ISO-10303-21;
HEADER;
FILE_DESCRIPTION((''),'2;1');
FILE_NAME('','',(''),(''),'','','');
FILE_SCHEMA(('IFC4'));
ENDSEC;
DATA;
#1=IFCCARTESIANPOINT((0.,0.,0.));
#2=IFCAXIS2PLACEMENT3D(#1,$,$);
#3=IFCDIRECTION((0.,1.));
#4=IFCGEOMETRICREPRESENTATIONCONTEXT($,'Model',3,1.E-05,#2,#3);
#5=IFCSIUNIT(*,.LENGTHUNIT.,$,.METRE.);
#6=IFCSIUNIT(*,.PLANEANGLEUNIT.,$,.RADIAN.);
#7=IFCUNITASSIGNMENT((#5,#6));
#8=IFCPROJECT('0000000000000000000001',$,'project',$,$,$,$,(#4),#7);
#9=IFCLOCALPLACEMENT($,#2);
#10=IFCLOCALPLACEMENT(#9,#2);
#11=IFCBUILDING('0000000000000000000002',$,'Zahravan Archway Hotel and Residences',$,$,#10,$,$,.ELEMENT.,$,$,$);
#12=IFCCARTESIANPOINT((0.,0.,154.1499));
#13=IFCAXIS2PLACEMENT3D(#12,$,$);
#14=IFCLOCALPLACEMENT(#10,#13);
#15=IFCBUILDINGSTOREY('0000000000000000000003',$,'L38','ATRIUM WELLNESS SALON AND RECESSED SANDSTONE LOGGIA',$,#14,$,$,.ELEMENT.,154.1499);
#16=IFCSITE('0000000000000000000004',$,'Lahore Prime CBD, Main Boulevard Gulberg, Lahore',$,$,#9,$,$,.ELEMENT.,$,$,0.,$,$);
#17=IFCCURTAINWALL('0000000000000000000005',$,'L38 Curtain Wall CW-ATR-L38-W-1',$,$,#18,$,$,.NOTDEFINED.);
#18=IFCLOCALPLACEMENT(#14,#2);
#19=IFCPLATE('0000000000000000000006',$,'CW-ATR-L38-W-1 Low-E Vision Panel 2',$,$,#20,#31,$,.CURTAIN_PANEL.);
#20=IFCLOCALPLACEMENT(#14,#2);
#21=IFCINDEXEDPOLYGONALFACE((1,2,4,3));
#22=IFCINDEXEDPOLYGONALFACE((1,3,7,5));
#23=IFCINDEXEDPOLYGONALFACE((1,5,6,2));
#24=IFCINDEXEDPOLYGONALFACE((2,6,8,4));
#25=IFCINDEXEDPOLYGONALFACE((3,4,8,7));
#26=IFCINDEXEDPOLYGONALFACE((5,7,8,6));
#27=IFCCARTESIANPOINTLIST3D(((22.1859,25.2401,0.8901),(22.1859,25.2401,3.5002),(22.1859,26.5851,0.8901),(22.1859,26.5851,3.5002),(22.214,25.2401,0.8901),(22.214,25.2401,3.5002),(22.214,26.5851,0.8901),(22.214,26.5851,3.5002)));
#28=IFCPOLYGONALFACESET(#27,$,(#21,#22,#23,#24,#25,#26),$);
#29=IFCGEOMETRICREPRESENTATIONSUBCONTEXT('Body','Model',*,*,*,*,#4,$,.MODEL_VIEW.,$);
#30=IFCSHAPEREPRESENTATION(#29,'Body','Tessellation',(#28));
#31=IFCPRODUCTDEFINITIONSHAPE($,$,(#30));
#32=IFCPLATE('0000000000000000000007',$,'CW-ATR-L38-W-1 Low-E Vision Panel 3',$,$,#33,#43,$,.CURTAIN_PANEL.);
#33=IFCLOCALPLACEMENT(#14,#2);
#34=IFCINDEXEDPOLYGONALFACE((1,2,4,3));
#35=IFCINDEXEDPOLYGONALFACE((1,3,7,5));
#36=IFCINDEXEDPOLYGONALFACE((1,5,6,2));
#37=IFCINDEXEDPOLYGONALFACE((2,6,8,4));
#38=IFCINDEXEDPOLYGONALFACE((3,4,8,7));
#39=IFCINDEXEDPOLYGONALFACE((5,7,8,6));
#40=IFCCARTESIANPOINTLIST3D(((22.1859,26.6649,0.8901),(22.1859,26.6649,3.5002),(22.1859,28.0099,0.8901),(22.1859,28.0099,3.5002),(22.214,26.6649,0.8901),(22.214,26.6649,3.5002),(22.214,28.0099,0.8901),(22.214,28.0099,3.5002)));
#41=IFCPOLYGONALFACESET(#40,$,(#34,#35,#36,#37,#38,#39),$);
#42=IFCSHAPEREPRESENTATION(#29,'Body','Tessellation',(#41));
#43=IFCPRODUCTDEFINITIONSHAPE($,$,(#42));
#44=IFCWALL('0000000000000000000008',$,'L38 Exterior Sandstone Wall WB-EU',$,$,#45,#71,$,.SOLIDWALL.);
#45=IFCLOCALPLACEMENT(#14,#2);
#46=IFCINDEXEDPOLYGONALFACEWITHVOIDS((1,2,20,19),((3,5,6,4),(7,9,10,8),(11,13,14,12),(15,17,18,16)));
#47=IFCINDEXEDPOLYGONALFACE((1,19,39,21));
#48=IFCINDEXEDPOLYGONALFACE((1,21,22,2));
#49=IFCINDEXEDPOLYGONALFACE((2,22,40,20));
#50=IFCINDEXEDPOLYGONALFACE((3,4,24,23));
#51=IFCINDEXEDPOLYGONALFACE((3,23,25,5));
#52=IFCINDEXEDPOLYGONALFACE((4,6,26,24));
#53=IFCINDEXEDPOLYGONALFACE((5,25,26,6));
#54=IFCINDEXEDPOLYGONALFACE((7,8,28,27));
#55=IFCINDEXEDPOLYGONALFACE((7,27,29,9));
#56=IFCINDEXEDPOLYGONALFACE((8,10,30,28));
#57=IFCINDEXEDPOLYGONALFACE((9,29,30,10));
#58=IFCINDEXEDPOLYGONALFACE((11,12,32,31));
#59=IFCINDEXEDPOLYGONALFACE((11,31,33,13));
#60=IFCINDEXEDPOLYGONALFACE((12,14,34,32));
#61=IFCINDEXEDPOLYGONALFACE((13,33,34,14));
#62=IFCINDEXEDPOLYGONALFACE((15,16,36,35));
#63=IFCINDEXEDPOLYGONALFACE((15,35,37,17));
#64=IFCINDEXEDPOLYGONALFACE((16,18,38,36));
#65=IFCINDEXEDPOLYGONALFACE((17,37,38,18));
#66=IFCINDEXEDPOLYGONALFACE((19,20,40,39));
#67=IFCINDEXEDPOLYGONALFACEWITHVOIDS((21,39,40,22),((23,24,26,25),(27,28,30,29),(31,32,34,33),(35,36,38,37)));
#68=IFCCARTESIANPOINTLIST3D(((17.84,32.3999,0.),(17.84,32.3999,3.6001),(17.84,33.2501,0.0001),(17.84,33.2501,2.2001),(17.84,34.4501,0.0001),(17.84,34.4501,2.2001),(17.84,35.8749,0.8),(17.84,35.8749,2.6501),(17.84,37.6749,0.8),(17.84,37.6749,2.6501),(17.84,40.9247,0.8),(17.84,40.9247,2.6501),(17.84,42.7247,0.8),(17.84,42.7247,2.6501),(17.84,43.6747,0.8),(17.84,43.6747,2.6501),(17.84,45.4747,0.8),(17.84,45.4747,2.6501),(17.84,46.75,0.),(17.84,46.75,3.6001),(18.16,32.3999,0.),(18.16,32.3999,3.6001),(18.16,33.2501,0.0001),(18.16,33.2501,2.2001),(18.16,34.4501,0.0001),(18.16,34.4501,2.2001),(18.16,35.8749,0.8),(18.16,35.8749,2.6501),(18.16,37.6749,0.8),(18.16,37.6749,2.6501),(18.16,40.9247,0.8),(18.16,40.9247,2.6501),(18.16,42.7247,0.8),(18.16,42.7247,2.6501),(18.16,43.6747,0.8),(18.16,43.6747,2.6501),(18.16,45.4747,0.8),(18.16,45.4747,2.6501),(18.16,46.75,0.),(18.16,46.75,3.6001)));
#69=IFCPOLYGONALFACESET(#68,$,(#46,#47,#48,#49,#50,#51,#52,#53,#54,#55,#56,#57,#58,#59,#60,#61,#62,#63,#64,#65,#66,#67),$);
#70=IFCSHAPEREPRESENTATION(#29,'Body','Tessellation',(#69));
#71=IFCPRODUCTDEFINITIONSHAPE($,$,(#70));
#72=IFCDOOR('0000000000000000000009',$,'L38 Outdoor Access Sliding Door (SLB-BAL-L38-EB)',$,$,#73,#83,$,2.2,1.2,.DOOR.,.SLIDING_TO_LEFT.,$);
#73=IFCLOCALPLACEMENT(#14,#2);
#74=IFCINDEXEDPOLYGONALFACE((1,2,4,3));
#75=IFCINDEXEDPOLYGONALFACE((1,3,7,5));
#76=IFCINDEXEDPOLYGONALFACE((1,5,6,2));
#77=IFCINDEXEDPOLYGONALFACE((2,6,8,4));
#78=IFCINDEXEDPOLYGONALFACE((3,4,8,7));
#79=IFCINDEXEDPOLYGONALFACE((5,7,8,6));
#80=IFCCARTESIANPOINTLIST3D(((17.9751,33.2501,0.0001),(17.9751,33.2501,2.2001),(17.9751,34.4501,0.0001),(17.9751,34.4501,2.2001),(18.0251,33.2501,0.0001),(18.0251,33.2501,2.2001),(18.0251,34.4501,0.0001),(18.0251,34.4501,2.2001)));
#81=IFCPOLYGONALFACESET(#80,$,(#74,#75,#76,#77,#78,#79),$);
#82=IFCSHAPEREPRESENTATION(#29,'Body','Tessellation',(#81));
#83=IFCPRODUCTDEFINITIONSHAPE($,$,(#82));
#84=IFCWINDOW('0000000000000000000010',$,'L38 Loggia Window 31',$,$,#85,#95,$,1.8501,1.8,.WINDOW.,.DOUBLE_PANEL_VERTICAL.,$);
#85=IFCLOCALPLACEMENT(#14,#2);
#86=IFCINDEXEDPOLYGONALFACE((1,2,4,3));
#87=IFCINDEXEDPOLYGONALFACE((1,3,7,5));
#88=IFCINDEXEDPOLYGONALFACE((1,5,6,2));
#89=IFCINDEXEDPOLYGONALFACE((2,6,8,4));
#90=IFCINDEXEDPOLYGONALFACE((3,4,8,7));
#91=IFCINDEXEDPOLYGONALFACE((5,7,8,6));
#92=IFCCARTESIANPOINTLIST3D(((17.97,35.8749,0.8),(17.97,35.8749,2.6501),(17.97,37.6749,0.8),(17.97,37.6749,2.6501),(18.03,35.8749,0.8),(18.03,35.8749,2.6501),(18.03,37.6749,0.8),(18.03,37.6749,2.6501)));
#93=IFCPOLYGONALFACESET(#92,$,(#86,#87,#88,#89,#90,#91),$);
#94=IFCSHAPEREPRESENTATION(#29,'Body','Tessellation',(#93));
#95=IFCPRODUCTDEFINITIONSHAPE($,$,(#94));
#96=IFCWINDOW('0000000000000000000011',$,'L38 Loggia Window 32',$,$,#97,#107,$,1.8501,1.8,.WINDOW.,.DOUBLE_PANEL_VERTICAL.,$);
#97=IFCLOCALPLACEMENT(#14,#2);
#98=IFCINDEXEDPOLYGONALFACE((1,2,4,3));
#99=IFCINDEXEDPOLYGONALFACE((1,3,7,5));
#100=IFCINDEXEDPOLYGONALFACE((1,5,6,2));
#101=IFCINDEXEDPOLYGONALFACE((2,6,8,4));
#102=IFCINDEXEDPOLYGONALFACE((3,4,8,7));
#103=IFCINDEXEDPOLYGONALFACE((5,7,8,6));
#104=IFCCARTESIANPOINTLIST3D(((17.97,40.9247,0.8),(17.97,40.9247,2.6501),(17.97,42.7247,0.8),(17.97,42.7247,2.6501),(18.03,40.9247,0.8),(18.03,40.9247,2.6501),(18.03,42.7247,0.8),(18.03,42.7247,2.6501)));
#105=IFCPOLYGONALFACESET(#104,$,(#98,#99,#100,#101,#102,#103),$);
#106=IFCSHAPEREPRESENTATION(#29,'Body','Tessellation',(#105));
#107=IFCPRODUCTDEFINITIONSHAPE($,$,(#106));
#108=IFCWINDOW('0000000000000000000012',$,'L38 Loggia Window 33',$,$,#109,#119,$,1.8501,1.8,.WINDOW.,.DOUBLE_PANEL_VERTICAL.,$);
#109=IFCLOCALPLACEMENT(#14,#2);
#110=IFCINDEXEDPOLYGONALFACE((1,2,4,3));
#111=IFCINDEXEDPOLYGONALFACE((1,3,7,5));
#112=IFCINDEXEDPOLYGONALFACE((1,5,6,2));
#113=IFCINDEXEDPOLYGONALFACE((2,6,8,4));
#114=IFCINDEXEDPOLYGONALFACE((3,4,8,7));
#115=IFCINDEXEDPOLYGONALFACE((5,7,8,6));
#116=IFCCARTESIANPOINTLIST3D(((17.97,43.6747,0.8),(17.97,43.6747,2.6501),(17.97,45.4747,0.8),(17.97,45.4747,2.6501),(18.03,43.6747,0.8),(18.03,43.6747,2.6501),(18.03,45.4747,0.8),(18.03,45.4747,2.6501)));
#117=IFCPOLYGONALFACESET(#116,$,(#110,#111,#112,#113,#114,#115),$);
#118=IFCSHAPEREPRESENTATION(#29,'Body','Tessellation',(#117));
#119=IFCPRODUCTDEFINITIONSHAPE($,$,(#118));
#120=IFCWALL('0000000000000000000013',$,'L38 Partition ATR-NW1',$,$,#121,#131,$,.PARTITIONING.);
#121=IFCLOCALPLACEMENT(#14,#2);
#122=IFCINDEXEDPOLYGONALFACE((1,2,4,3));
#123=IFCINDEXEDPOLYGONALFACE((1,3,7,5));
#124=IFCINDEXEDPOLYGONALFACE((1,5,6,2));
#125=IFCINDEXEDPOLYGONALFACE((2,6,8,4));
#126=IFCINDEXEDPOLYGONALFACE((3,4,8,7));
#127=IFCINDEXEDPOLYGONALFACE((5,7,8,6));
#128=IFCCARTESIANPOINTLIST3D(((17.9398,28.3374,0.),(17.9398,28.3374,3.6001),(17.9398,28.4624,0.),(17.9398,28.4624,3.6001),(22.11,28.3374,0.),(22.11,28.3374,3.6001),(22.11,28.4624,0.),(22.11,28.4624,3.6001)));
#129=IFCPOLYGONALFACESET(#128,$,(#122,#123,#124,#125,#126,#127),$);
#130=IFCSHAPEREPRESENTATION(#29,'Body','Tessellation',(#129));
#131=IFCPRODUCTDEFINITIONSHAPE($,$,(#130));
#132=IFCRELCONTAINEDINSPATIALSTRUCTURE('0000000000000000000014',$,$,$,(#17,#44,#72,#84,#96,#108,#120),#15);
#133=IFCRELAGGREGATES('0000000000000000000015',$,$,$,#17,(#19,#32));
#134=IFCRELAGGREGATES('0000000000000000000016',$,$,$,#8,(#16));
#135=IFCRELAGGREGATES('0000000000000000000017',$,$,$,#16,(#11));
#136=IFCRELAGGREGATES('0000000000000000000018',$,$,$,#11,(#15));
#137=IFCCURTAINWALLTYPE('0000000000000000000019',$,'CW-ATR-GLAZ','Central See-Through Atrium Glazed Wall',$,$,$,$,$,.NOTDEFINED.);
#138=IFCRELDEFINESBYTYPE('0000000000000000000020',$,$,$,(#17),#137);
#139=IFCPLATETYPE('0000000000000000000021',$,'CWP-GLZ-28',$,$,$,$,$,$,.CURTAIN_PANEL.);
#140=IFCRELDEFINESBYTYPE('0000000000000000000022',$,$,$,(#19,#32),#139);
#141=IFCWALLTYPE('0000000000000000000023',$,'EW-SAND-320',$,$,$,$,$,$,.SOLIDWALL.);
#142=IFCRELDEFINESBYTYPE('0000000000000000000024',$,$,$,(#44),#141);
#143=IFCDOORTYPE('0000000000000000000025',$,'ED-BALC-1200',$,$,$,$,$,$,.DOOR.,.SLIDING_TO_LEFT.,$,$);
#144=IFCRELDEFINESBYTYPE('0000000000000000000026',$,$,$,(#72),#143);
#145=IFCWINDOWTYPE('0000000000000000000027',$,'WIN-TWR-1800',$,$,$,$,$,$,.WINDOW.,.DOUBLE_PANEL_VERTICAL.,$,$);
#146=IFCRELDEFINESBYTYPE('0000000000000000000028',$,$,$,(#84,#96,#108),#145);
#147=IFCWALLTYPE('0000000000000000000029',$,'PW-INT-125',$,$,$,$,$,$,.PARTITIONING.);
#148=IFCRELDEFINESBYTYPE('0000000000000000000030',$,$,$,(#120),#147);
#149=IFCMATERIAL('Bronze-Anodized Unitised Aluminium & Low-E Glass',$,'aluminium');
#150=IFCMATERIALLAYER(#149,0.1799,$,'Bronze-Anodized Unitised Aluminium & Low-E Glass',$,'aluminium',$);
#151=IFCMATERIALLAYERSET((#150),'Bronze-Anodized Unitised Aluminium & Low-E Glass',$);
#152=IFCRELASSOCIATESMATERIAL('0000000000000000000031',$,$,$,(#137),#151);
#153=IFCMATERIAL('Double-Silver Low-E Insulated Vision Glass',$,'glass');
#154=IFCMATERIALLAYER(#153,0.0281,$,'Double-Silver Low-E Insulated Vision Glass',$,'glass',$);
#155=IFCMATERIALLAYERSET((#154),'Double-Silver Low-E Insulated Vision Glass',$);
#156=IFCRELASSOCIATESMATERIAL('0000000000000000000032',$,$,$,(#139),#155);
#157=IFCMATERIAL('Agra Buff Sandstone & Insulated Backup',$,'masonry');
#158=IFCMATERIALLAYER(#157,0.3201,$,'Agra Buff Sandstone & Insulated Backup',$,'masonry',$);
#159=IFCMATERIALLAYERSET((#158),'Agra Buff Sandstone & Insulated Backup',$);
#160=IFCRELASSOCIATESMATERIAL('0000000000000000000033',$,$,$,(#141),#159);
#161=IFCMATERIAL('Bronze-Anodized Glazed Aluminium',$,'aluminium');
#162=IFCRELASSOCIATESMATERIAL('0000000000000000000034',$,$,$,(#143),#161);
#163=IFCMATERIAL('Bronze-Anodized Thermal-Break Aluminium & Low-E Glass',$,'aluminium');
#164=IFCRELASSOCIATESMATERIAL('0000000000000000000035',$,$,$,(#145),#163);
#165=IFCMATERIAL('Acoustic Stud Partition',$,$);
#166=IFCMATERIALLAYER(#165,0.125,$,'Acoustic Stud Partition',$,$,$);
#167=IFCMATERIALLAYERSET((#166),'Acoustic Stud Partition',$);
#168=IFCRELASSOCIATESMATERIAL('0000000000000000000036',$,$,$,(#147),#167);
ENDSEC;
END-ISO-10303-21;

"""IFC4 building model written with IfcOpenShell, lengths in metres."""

from ifc_helpers import new_model, si_unit, direction, frame, frame_2d, origin, origin_2d, place, context, subcontext, project, spatial, rectangle, extrude, source, transform, mapped, material, layer, layer_set, type_object, type_shapes, element, fill, aggregate, save


model = new_model("IFC4")

# Units and contexts
model_context = context("Model", 3, precision=1e-05, world=origin(), true_north=direction((0.0, 1.0)))
body_context = subcontext(model_context, "Body", "Model", "MODEL_VIEW")
ifc_project = project(units=[si_unit("LENGTHUNIT", "METRE"), si_unit("PLANEANGLEUNIT", "RADIAN")], contexts=[model_context])

# Site, building, storey
site_placement = place(None, origin())
site = spatial("IfcSite", under=ifc_project, at=site_placement, Name="Lahore Prime CBD, Main Boulevard Gulberg, Lahore", CompositionType="ELEMENT", RefElevation=0.0)
building_placement = place(site_placement, origin())
building = spatial("IfcBuilding", under=site, at=building_placement, Name="Zahravan Archway Hotel and Residences", CompositionType="ELEMENT")
storey_placement = place(building_placement, frame((0.0, 0.0, 154.1499)))
storey = spatial("IfcBuildingStorey", under=building, at=storey_placement, Name="L38", Description="ATRIUM WELLNESS SALON AND RECESSED SANDSTONE LOGGIA", CompositionType="ELEMENT", Elevation=154.1499)

# Curtain wall
ifc_material_1 = material(Name="Bronze-Anodized Unitised Aluminium & Low-E Glass", Category="aluminium")
ifc_layer_1 = layer(ifc_material_1, 0.1799, Name="Bronze-Anodized Unitised Aluminium & Low-E Glass", Category="aluminium")
ifc_layer_set_1 = layer_set([ifc_layer_1], Name="Bronze-Anodized Unitised Aluminium & Low-E Glass")
curtain_wall_type = type_object("IfcCurtainWallType", Name="CW-ATR-GLAZ", Description="Central See-Through Atrium Glazed Wall", PredefinedType="NOTDEFINED", material=ifc_layer_set_1)
curtain_wall_1_placement = place(storey_placement, origin())
curtain_wall_1 = element("IfcCurtainWall", 1, at=curtain_wall_1_placement, inside=storey, type_object=curtain_wall_type, Name="L38 Curtain Wall CW-ATR-L38-W-1", PredefinedType="NOTDEFINED")

# Plates
ifc_material_2 = material(Name="Double-Silver Low-E Insulated Vision Glass", Category="glass")
ifc_layer_2 = layer(ifc_material_2, 0.0281, Name="Double-Silver Low-E Insulated Vision Glass", Category="glass")
ifc_layer_set_2 = layer_set([ifc_layer_2], Name="Double-Silver Low-E Insulated Vision Glass")
plate_type_1 = type_object("IfcPlateType", Name="CWP-GLZ-28", PredefinedType="CURTAIN_PANEL", material=ifc_layer_set_2)
shared_shape_1 = source(origin(), body_context, "Body", "SweptSolid", [
    extrude(rectangle(XDim=1.345, YDim=0.0281, at=origin_2d()), origin(), (0.0, 0.0, 1.0), 2.6101),
])
plate_1_placement = place(storey_placement, frame((22.2, 25.9126, 0.8901), z_axis=(0.0, 0.0, 1.0), x_axis=(0.0, 1.0, 0.0)))
plate_1 = element("IfcPlate", 2, at=plate_1_placement, type_object=plate_type_1, Name="CW-ATR-L38-W-1 Low-E Vision Panel 2", PredefinedType="CURTAIN_PANEL", context=body_context, shape_type="MappedRepresentation", body=[
    mapped(shared_shape_1, transform((0.0, 0.0, 0.0), scale=1.0)),
])
plate_2_placement = place(storey_placement, frame((22.2, 27.3374, 0.8901), z_axis=(0.0, 0.0, 1.0), x_axis=(0.0, 1.0, 0.0)))
plate_2 = element("IfcPlate", 3, at=plate_2_placement, type_object=plate_type_1, Name="CW-ATR-L38-W-1 Low-E Vision Panel 3", PredefinedType="CURTAIN_PANEL", context=body_context, shape_type="MappedRepresentation", body=[
    mapped(shared_shape_1, transform((0.0, 0.0, 0.0), scale=1.0)),
])
aggregate(curtain_wall_1, [plate_1, plate_2])

# Wall, openings, door, windows
ifc_material_3 = material(Name="Agra Buff Sandstone & Insulated Backup", Category="masonry")
ifc_layer_3 = layer(ifc_material_3, 0.3201, Name="Agra Buff Sandstone & Insulated Backup", Category="masonry")
ifc_layer_set_3 = layer_set([ifc_layer_3], Name="Agra Buff Sandstone & Insulated Backup")
wall_type_1 = type_object("IfcWallType", Name="EW-SAND-320", PredefinedType="SOLIDWALL", material=ifc_layer_set_3)
wall_1_placement = place(storey_placement, frame((18.0, 32.3999, 0.0), z_axis=(0.0, 0.0, 1.0), x_axis=(0.0, 1.0, 0.0)))
wall_1 = element("IfcWall", 4, at=wall_1_placement, inside=storey, type_object=wall_type_1, Name="L38 Exterior Sandstone Wall WB-EU", PredefinedType="SOLIDWALL", context=body_context, shape_type="SweptSolid", body=[
    extrude(rectangle(XDim=14.3501, YDim=0.3201, at=frame_2d((7.175, 0.0))), origin(), (0.0, 0.0, 1.0), 3.6001),
])
opening_1_placement = place(wall_1_placement, frame((0.8501, 0.0, 0.0)))
opening_1 = element("IfcOpeningElement", 5, at=opening_1_placement, cuts=wall_1, PredefinedType="OPENING", context=body_context, shape_type="SweptSolid", body=[
    extrude(rectangle(XDim=1.2, YDim=2.2, at=frame_2d((0.6001, 1.1001))), frame((0.0, 0.1699, 0.0), z_axis=(0.0, -1.0, 0.0), x_axis=(1.0, 0.0, 0.0)), (0.0, 0.0, 1.0), 0.3401),
])
opening_2_placement = place(wall_1_placement, frame((3.4751, 0.0, 0.8)))
opening_2 = element("IfcOpeningElement", 6, at=opening_2_placement, cuts=wall_1, PredefinedType="OPENING", context=body_context, shape_type="SweptSolid", body=[
    extrude(rectangle(XDim=1.8, YDim=1.8501, at=frame_2d((0.8999, 0.925))), frame((0.0, 0.1699, 0.0), z_axis=(0.0, -1.0, 0.0), x_axis=(1.0, 0.0, 0.0)), (0.0, 0.0, 1.0), 0.3401),
])
opening_3_placement = place(wall_1_placement, frame((8.5249, 0.0, 0.8)))
opening_3 = element("IfcOpeningElement", 7, at=opening_3_placement, cuts=wall_1, PredefinedType="OPENING", context=body_context, shape_type="SweptSolid", body=[
    extrude(rectangle(XDim=1.8, YDim=1.8501, at=frame_2d((0.8999, 0.925))), frame((0.0, 0.1699, 0.0), z_axis=(0.0, -1.0, 0.0), x_axis=(1.0, 0.0, 0.0)), (0.0, 0.0, 1.0), 0.3401),
])
opening_4_placement = place(wall_1_placement, frame((11.2749, 0.0, 0.8)))
opening_4 = element("IfcOpeningElement", 8, at=opening_4_placement, cuts=wall_1, PredefinedType="OPENING", context=body_context, shape_type="SweptSolid", body=[
    extrude(rectangle(XDim=1.8, YDim=1.8501, at=frame_2d((0.8999, 0.925))), frame((0.0, 0.1699, 0.0), z_axis=(0.0, -1.0, 0.0), x_axis=(1.0, 0.0, 0.0)), (0.0, 0.0, 1.0), 0.3401),
])
ifc_material_4 = material(Name="Bronze-Anodized Glazed Aluminium", Category="aluminium")
door_type = type_object("IfcDoorType", Name="ED-BALC-1200", OperationType="SLIDING_TO_LEFT", PredefinedType="DOOR", material=ifc_material_4)
shared_shape_2 = source(origin(), body_context, "Body", "SweptSolid", [
    extrude(rectangle(XDim=1.2, YDim=2.2, at=frame_2d((0.6001, 1.1001))), frame((0.0, 0.0249, 0.0), z_axis=(0.0, -1.0, 0.0), x_axis=(1.0, 0.0, 0.0)), (0.0, 0.0, 1.0), 0.05),
])
type_shapes(door_type, [shared_shape_2])
door_placement = place(opening_1_placement, origin())
door = element("IfcDoor", 9, at=door_placement, inside=storey, type_object=door_type, Name="L38 Outdoor Access Sliding Door (SLB-BAL-L38-EB)", OperationType="SLIDING_TO_LEFT", OverallHeight=2.2, OverallWidth=1.2, PredefinedType="DOOR", context=body_context, shape_type="MappedRepresentation", body=[
    mapped(shared_shape_2, transform((0.0, 0.0, 0.0), scale=1.0)),
])
fill(opening_1, door)
ifc_material_5 = material(Name="Bronze-Anodized Thermal-Break Aluminium & Low-E Glass", Category="aluminium")
window_type = type_object("IfcWindowType", Name="WIN-TWR-1800", PartitioningType="DOUBLE_PANEL_VERTICAL", PredefinedType="WINDOW", material=ifc_material_5)
shared_shape_3 = source(origin(), body_context, "Body", "SweptSolid", [
    extrude(rectangle(XDim=1.8, YDim=1.8501, at=frame_2d((0.8999, 0.925))), frame((0.0, 0.03, 0.0), z_axis=(0.0, -1.0, 0.0), x_axis=(1.0, 0.0, 0.0)), (0.0, 0.0, 1.0), 0.0601),
])
type_shapes(window_type, [shared_shape_3])
window_1_placement = place(opening_2_placement, origin())
window_1 = element("IfcWindow", 10, at=window_1_placement, inside=storey, type_object=window_type, Name="L38 Loggia Window 31", OverallHeight=1.8501, OverallWidth=1.8, PartitioningType="DOUBLE_PANEL_VERTICAL", PredefinedType="WINDOW", context=body_context, shape_type="MappedRepresentation", body=[
    mapped(shared_shape_3, transform((0.0, 0.0, 0.0), scale=1.0)),
])
fill(opening_2, window_1)
window_2_placement = place(opening_3_placement, origin())
window_2 = element("IfcWindow", 11, at=window_2_placement, inside=storey, type_object=window_type, Name="L38 Loggia Window 32", OverallHeight=1.8501, OverallWidth=1.8, PartitioningType="DOUBLE_PANEL_VERTICAL", PredefinedType="WINDOW", context=body_context, shape_type="MappedRepresentation", body=[
    mapped(shared_shape_3, transform((0.0, 0.0, 0.0), scale=1.0)),
])
fill(opening_3, window_2)
window_3_placement = place(opening_4_placement, origin())
window_3 = element("IfcWindow", 12, at=window_3_placement, inside=storey, type_object=window_type, Name="L38 Loggia Window 33", OverallHeight=1.8501, OverallWidth=1.8, PartitioningType="DOUBLE_PANEL_VERTICAL", PredefinedType="WINDOW", context=body_context, shape_type="MappedRepresentation", body=[
    mapped(shared_shape_3, transform((0.0, 0.0, 0.0), scale=1.0)),
])
fill(opening_4, window_3)

# Wall
ifc_material_6 = material(Name="Acoustic Stud Partition")
ifc_layer_4 = layer(ifc_material_6, 0.125, Name="Acoustic Stud Partition")
ifc_layer_set_4 = layer_set([ifc_layer_4], Name="Acoustic Stud Partition")
wall_type_2 = type_object("IfcWallType", Name="PW-INT-125", PredefinedType="PARTITIONING", material=ifc_layer_set_4)
wall_2_placement = place(storey_placement, frame((17.9399, 28.3999, 0.0), z_axis=(0.0, 0.0, 1.0), x_axis=(1.0, 0.0, 0.0)))
element("IfcWall", 13, at=wall_2_placement, inside=storey, type_object=wall_type_2, Name="L38 Partition ATR-NW1", PredefinedType="PARTITIONING", context=body_context, shape_type="SweptSolid", body=[
    extrude(rectangle(XDim=4.1702, YDim=0.125, at=frame_2d((2.085, 0.0))), origin(), (0.0, 0.0, 1.0), 3.6001),
])

save(model, "model.ifc")
